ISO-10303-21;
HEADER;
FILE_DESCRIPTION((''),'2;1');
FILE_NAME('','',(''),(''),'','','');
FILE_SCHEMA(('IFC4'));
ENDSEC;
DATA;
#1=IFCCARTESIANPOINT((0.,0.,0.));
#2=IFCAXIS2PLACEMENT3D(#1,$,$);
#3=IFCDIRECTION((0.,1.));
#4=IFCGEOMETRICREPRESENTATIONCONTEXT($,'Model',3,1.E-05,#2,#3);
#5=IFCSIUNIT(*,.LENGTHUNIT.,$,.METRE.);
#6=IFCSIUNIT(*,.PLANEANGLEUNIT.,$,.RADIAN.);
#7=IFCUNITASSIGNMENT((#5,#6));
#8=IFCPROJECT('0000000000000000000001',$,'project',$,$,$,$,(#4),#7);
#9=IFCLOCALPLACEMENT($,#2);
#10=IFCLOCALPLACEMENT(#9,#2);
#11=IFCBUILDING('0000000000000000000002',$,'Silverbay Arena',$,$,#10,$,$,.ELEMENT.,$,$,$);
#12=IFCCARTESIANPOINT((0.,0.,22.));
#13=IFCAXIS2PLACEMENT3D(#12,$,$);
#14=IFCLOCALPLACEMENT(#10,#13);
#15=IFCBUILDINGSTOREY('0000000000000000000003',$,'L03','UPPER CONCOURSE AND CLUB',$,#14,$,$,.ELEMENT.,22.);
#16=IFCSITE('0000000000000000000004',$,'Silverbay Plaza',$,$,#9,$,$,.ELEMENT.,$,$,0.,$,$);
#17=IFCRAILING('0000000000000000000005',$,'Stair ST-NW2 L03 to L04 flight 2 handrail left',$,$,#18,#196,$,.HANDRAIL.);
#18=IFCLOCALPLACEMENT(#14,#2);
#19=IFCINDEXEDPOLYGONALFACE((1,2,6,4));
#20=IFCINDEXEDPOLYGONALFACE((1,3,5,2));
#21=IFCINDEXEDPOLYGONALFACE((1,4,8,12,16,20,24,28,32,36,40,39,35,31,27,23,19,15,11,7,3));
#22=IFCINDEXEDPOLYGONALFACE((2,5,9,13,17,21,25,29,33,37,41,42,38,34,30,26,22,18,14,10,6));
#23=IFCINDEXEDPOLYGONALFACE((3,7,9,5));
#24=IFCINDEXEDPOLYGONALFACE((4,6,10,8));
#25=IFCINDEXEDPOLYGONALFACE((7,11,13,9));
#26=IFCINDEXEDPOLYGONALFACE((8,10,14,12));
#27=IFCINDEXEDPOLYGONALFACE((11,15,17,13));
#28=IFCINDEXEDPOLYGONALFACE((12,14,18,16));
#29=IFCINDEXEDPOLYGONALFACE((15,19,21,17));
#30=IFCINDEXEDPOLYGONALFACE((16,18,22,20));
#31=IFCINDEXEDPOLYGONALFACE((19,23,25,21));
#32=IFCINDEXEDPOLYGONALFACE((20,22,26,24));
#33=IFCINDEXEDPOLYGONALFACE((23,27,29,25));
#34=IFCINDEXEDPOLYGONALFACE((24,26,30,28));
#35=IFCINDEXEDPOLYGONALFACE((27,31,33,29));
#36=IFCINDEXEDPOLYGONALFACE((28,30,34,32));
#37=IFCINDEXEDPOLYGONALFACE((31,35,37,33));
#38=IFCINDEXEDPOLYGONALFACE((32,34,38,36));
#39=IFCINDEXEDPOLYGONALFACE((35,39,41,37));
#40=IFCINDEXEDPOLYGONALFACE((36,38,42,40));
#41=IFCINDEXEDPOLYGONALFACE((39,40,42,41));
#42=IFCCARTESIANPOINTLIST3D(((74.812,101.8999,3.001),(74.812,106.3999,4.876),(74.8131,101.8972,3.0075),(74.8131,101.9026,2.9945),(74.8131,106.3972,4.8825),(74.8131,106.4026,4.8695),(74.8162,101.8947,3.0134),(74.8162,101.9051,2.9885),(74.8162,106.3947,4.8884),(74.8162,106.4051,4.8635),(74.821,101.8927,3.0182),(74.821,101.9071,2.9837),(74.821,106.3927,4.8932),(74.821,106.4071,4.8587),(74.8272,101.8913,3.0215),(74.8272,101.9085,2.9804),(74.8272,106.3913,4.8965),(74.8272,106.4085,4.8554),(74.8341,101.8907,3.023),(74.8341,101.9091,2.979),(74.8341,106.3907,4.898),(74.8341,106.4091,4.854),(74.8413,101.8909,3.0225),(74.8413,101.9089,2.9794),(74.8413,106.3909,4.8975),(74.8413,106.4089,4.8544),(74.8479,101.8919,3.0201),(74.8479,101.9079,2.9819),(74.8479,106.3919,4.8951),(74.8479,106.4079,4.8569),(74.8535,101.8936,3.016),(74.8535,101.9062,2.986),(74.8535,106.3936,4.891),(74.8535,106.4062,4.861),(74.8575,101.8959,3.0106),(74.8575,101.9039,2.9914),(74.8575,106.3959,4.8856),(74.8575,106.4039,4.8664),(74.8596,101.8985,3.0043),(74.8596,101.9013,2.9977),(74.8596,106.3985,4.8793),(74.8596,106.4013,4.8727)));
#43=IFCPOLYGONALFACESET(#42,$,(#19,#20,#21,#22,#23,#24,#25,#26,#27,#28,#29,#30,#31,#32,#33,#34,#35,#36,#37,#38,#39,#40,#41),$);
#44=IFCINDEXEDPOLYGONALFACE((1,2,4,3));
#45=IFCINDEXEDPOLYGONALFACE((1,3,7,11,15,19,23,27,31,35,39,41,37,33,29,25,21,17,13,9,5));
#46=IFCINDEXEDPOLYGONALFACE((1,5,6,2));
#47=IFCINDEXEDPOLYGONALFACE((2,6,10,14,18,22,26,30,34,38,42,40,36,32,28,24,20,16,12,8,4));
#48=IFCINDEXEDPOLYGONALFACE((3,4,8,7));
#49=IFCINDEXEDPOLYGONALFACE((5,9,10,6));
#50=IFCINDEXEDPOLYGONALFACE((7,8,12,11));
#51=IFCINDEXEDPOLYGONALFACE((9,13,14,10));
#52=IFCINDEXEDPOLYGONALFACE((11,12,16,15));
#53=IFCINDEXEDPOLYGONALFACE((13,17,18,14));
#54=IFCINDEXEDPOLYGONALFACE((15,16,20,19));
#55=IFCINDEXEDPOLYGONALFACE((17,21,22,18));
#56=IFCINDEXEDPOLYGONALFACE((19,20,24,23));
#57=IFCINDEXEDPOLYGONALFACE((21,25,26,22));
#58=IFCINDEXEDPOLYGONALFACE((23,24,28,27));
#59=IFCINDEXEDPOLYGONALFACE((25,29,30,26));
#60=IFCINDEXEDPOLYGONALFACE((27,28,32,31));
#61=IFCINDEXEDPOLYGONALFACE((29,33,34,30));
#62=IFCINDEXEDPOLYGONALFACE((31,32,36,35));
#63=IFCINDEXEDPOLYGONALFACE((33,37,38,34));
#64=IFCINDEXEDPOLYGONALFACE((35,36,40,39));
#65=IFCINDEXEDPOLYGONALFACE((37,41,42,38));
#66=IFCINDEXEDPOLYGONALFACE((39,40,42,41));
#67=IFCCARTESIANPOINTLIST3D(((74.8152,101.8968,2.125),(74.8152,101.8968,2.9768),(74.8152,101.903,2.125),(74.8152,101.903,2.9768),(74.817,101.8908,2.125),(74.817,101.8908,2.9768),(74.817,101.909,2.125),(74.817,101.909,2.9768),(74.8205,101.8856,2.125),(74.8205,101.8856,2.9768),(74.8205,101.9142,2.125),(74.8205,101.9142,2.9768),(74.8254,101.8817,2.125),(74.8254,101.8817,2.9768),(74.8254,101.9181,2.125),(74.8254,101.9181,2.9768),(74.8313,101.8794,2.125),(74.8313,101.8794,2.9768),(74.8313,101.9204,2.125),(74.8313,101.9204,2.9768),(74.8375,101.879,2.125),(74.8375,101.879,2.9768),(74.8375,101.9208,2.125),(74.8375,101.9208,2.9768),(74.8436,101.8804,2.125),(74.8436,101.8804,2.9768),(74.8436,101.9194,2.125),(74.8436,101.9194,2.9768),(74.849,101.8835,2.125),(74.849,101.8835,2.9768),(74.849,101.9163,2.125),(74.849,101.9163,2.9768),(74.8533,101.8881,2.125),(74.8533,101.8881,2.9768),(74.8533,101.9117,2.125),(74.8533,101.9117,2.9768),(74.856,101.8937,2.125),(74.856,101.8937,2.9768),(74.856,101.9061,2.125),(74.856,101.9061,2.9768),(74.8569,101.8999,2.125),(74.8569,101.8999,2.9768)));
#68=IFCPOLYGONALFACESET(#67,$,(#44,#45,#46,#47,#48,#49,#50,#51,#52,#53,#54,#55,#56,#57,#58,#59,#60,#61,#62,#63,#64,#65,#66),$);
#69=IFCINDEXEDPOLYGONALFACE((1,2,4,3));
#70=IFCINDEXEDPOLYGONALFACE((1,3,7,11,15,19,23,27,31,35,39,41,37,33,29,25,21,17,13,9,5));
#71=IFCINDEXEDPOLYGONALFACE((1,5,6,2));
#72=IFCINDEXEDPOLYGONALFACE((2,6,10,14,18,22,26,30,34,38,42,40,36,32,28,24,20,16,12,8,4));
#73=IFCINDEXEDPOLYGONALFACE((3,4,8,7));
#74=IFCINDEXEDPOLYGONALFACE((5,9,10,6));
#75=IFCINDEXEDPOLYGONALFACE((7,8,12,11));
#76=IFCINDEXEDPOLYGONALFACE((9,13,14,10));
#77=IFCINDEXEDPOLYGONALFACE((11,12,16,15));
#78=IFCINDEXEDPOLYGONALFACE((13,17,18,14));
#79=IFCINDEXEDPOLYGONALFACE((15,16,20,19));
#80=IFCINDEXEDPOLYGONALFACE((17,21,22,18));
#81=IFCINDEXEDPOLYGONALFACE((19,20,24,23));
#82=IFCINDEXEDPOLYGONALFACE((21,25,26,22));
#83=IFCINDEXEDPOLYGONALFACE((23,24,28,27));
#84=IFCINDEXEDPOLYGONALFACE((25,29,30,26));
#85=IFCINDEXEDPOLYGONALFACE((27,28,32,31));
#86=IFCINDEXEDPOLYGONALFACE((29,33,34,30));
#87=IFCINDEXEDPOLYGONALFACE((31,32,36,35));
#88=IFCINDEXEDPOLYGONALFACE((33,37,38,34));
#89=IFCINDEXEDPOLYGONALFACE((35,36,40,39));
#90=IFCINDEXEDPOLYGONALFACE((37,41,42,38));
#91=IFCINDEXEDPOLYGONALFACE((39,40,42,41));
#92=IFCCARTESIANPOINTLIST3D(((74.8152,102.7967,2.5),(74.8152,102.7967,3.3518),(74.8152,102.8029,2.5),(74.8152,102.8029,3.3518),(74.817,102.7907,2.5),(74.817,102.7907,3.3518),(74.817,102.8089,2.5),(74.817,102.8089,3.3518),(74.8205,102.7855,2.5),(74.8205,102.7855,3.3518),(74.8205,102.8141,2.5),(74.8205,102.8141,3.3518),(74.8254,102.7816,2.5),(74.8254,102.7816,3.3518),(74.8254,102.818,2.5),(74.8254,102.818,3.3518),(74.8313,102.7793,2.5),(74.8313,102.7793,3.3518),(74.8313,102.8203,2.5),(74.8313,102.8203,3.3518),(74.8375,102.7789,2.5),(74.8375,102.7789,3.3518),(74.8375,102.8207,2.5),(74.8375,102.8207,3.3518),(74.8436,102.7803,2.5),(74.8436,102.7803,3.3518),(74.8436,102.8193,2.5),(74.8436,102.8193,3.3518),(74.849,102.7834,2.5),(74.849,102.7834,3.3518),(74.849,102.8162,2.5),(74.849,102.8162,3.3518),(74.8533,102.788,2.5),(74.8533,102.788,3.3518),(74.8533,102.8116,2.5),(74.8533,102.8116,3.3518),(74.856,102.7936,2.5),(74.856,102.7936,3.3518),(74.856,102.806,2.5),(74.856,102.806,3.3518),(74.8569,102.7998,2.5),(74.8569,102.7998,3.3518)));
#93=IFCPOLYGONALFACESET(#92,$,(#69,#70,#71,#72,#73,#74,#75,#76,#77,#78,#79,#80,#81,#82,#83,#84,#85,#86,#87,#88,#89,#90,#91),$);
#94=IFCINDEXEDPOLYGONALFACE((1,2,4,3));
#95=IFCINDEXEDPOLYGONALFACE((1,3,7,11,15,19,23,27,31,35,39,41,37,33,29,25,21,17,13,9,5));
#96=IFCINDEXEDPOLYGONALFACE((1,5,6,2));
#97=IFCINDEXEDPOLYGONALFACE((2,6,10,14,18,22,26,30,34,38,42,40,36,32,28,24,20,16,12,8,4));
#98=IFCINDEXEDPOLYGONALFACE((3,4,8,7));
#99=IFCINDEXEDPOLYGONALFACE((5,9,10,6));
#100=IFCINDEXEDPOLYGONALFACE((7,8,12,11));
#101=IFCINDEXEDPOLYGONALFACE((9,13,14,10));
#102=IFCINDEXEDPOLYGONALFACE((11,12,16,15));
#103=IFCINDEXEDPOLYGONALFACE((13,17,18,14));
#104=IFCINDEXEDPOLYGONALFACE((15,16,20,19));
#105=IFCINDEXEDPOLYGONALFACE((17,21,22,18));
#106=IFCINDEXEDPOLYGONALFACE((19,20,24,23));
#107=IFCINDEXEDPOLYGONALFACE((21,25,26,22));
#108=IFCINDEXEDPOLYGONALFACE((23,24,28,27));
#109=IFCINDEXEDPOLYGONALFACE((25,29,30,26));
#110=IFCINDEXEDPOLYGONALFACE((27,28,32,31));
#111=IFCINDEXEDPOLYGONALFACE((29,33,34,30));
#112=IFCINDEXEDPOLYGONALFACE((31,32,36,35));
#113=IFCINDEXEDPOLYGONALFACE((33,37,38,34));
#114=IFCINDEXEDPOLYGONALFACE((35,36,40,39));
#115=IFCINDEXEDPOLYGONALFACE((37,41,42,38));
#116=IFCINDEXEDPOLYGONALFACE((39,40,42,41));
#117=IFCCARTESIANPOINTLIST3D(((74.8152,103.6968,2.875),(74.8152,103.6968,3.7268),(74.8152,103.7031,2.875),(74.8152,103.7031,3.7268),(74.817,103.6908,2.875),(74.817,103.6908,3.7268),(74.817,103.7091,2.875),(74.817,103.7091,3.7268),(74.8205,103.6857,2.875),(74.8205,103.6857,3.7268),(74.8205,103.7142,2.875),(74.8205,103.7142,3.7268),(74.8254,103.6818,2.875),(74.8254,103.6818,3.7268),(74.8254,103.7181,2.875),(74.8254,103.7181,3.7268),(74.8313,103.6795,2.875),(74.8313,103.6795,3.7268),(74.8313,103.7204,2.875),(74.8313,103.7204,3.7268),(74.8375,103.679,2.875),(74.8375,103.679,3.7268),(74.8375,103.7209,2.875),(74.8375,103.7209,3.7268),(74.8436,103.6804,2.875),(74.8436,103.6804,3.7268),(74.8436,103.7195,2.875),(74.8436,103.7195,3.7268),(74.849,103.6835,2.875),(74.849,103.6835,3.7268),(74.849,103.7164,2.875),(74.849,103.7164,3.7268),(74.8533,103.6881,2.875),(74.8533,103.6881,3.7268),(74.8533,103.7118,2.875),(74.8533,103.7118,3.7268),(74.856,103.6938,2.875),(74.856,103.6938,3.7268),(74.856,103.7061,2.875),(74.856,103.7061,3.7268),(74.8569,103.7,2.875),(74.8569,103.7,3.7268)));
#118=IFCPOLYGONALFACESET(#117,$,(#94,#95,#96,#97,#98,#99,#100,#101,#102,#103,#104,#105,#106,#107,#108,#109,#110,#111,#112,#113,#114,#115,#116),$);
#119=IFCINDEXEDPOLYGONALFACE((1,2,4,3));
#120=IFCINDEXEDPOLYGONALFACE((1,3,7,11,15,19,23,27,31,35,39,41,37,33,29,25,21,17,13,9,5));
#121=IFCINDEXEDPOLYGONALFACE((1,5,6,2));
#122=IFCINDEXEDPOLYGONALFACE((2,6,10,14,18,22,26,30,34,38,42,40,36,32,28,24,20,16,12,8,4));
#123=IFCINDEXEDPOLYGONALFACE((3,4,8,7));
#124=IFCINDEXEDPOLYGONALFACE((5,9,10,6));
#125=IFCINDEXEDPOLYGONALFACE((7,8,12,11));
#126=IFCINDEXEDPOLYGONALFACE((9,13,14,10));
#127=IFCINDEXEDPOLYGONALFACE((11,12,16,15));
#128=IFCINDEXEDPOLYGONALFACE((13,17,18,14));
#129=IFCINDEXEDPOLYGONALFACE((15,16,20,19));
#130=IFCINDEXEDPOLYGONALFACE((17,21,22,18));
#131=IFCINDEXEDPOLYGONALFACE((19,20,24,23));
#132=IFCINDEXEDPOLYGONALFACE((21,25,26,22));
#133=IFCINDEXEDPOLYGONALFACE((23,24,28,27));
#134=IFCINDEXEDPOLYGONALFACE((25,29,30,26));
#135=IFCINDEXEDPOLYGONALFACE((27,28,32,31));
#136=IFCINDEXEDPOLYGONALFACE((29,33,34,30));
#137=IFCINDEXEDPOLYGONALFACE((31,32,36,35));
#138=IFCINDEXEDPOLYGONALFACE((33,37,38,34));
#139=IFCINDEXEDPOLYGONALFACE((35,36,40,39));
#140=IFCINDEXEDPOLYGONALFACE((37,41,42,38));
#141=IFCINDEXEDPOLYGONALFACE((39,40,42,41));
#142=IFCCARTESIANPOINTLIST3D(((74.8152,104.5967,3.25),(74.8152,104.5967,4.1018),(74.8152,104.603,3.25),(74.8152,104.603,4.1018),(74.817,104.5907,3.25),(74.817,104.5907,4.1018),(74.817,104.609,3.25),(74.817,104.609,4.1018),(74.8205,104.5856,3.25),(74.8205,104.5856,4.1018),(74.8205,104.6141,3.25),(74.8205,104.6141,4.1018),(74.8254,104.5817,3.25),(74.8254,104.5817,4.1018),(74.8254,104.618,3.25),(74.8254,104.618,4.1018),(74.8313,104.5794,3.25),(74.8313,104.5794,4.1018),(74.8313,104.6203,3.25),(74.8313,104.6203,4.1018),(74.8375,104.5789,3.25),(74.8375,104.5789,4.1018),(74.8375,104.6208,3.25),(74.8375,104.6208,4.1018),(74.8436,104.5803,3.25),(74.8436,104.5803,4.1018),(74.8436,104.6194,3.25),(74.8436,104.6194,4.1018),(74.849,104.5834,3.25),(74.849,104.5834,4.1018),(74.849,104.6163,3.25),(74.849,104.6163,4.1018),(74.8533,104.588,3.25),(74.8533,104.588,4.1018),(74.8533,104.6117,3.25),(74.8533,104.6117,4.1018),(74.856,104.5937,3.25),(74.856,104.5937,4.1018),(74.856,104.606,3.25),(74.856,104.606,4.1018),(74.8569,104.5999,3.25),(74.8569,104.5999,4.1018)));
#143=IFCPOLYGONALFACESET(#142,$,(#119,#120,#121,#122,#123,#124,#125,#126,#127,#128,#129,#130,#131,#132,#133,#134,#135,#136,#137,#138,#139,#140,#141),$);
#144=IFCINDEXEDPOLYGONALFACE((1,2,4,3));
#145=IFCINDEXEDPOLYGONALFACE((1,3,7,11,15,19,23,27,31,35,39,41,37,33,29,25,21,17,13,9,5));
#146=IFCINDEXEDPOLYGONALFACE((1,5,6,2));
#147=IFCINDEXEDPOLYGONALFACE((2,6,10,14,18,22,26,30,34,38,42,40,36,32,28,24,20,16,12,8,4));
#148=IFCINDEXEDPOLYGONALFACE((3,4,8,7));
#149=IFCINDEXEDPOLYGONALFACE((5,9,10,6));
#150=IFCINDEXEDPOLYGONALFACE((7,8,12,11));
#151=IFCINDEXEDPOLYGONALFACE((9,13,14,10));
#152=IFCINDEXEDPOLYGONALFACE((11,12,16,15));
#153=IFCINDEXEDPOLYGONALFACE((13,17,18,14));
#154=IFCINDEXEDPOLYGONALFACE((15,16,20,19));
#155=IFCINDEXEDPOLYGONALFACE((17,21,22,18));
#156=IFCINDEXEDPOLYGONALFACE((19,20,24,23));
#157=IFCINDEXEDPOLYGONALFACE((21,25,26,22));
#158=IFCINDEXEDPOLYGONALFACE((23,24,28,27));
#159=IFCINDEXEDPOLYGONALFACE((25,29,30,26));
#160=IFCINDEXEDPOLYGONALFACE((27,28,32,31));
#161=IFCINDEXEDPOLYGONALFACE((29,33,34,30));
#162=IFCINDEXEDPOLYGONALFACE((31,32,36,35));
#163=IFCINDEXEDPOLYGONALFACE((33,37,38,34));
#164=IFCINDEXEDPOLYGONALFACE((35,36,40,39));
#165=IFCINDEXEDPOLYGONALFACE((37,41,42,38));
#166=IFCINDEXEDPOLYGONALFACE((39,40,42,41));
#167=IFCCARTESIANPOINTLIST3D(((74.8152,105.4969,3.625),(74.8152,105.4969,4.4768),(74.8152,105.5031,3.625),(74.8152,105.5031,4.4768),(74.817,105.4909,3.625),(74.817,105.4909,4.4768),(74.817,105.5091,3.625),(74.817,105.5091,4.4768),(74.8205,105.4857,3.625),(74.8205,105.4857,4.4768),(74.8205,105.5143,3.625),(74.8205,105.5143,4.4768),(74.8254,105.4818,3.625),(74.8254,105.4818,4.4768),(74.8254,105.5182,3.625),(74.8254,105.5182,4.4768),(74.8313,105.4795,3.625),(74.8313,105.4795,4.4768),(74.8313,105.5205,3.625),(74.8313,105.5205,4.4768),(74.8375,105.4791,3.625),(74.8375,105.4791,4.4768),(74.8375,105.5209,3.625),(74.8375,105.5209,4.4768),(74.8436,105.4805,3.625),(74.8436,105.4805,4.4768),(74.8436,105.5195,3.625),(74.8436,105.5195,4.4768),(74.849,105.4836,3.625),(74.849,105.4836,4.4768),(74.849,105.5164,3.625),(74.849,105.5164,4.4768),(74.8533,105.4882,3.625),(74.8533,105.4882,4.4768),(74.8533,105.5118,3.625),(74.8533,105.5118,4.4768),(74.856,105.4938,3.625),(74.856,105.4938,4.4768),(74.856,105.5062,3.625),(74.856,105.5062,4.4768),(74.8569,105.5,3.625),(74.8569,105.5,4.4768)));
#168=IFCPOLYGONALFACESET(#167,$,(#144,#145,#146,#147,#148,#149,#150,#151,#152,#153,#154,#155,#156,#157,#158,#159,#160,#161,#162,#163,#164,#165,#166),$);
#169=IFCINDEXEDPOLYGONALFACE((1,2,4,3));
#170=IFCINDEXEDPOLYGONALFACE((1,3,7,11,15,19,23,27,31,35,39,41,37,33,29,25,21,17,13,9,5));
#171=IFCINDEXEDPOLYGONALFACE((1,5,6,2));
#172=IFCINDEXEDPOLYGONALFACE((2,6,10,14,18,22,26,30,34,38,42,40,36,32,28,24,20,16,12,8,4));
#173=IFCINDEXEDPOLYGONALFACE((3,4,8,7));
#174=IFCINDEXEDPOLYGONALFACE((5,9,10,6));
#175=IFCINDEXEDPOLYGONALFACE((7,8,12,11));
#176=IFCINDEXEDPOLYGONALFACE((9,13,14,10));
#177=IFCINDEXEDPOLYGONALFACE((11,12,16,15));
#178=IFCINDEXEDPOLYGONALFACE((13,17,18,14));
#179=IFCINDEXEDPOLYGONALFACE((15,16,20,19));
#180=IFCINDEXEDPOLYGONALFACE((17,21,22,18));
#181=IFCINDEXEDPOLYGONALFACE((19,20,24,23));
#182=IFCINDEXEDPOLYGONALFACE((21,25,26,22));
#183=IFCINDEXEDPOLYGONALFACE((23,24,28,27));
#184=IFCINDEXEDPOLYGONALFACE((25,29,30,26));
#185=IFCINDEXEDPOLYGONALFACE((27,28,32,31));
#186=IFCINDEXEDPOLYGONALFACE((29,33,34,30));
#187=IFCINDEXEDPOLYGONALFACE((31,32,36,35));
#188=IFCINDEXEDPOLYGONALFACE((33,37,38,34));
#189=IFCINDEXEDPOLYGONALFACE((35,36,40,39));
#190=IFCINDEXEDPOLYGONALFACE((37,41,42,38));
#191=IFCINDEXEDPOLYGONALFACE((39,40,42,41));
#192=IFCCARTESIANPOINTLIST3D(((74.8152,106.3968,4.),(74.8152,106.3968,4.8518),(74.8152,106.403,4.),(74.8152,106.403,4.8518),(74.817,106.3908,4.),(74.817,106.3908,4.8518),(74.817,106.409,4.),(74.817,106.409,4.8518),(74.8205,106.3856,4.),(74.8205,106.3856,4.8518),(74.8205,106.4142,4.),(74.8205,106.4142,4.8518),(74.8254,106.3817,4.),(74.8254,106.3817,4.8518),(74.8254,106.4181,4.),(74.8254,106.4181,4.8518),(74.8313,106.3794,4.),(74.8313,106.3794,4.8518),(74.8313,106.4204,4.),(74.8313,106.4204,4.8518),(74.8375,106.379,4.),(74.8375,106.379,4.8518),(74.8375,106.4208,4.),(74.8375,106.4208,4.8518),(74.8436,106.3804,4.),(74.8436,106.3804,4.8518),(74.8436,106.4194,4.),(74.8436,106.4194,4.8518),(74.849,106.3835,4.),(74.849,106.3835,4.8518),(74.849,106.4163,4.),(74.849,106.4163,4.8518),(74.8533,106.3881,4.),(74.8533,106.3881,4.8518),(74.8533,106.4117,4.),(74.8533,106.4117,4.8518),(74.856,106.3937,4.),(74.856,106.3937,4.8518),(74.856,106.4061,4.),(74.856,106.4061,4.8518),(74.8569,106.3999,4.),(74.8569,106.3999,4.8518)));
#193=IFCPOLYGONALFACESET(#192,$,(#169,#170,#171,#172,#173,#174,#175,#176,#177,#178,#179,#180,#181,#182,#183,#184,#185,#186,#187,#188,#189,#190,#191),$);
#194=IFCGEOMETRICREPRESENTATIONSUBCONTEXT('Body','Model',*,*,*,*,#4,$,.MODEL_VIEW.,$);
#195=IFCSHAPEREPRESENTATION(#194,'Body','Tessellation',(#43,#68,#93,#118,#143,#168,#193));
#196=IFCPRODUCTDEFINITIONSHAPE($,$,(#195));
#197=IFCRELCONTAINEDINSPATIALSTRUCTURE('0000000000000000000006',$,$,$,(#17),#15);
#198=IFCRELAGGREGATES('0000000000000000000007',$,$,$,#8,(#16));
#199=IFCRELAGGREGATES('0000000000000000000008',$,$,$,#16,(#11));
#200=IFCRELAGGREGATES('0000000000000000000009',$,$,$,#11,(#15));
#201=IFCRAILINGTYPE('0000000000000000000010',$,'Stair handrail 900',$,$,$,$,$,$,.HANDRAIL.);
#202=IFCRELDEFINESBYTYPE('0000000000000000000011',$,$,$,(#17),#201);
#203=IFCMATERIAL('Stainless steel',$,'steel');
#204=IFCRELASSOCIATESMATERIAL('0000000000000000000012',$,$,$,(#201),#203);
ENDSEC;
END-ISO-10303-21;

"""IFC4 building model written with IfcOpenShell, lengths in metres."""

from ifc_helpers import new_model, si_unit, direction, frame, origin, origin_2d, place, context, subcontext, project, spatial, circle, extrude, material, type_object, element, save


model = new_model("IFC4")

# Units and contexts
model_context = context("Model", 3, precision=1e-05, world=origin(), true_north=direction((0.0, 1.0)))
body_context = subcontext(model_context, "Body", "Model", "MODEL_VIEW")
ifc_project = project(units=[si_unit("LENGTHUNIT", "METRE"), si_unit("PLANEANGLEUNIT", "RADIAN")], contexts=[model_context])

# Site, building, storey
site_placement = place(None, origin())
site = spatial("IfcSite", under=ifc_project, at=site_placement, Name="Silverbay Plaza", CompositionType="ELEMENT", RefElevation=0.0)
building_placement = place(site_placement, origin())
building = spatial("IfcBuilding", under=site, at=building_placement, Name="Silverbay Arena", CompositionType="ELEMENT")
storey_placement = place(building_placement, frame((0.0, 0.0, 22.0)))
storey = spatial("IfcBuildingStorey", under=building, at=storey_placement, Name="L03", Description="UPPER CONCOURSE AND CLUB", CompositionType="ELEMENT", Elevation=22.0)

# Railing
ifc_material_1 = material(Name="Stainless steel", Category="steel")
railing_type_1 = type_object("IfcRailingType", Name="Stair handrail 900", PredefinedType="HANDRAIL", material=ifc_material_1)
for number, where, name in (
    (1, (74.8359, 101.8999, 2.125), "Stair ST-NW2 L03 to L04 flight 2 handrail left"),
):
    element("IfcRailing", number, at=place(storey_placement, frame(where)), inside=storey, type_object=railing_type_1, Name=name, PredefinedType="HANDRAIL", context=body_context, shape_type="SweptSolid", body=[
        extrude(circle(Radius=0.0239, at=origin_2d()), frame((0.0, 0.0, 0.876), z_axis=(0.0, 0.923077, 0.384615), x_axis=(-1.0, 0.0, 0.0)), (0.0, 0.0, 1.0), 4.875),
        extrude(circle(Radius=0.021, at=origin_2d()), origin(), (0.0, 0.0, 1.0), 0.8518),
        extrude(circle(Radius=0.021, at=origin_2d()), frame((0.0, 0.8999, 0.375)), (0.0, 0.0, 1.0), 0.8518),
        extrude(circle(Radius=0.021, at=origin_2d()), frame((0.0, 1.8, 0.75)), (0.0, 0.0, 1.0), 0.8518),
        extrude(circle(Radius=0.021, at=origin_2d()), frame((0.0, 2.7, 1.125)), (0.0, 0.0, 1.0), 0.8518),
        extrude(circle(Radius=0.021, at=origin_2d()), frame((0.0, 3.6001, 1.5)), (0.0, 0.0, 1.0), 0.8518),
        extrude(circle(Radius=0.021, at=origin_2d()), frame((0.0, 4.5, 1.875)), (0.0, 0.0, 1.0), 0.8518),
    ])

save(model, "model.ifc")
